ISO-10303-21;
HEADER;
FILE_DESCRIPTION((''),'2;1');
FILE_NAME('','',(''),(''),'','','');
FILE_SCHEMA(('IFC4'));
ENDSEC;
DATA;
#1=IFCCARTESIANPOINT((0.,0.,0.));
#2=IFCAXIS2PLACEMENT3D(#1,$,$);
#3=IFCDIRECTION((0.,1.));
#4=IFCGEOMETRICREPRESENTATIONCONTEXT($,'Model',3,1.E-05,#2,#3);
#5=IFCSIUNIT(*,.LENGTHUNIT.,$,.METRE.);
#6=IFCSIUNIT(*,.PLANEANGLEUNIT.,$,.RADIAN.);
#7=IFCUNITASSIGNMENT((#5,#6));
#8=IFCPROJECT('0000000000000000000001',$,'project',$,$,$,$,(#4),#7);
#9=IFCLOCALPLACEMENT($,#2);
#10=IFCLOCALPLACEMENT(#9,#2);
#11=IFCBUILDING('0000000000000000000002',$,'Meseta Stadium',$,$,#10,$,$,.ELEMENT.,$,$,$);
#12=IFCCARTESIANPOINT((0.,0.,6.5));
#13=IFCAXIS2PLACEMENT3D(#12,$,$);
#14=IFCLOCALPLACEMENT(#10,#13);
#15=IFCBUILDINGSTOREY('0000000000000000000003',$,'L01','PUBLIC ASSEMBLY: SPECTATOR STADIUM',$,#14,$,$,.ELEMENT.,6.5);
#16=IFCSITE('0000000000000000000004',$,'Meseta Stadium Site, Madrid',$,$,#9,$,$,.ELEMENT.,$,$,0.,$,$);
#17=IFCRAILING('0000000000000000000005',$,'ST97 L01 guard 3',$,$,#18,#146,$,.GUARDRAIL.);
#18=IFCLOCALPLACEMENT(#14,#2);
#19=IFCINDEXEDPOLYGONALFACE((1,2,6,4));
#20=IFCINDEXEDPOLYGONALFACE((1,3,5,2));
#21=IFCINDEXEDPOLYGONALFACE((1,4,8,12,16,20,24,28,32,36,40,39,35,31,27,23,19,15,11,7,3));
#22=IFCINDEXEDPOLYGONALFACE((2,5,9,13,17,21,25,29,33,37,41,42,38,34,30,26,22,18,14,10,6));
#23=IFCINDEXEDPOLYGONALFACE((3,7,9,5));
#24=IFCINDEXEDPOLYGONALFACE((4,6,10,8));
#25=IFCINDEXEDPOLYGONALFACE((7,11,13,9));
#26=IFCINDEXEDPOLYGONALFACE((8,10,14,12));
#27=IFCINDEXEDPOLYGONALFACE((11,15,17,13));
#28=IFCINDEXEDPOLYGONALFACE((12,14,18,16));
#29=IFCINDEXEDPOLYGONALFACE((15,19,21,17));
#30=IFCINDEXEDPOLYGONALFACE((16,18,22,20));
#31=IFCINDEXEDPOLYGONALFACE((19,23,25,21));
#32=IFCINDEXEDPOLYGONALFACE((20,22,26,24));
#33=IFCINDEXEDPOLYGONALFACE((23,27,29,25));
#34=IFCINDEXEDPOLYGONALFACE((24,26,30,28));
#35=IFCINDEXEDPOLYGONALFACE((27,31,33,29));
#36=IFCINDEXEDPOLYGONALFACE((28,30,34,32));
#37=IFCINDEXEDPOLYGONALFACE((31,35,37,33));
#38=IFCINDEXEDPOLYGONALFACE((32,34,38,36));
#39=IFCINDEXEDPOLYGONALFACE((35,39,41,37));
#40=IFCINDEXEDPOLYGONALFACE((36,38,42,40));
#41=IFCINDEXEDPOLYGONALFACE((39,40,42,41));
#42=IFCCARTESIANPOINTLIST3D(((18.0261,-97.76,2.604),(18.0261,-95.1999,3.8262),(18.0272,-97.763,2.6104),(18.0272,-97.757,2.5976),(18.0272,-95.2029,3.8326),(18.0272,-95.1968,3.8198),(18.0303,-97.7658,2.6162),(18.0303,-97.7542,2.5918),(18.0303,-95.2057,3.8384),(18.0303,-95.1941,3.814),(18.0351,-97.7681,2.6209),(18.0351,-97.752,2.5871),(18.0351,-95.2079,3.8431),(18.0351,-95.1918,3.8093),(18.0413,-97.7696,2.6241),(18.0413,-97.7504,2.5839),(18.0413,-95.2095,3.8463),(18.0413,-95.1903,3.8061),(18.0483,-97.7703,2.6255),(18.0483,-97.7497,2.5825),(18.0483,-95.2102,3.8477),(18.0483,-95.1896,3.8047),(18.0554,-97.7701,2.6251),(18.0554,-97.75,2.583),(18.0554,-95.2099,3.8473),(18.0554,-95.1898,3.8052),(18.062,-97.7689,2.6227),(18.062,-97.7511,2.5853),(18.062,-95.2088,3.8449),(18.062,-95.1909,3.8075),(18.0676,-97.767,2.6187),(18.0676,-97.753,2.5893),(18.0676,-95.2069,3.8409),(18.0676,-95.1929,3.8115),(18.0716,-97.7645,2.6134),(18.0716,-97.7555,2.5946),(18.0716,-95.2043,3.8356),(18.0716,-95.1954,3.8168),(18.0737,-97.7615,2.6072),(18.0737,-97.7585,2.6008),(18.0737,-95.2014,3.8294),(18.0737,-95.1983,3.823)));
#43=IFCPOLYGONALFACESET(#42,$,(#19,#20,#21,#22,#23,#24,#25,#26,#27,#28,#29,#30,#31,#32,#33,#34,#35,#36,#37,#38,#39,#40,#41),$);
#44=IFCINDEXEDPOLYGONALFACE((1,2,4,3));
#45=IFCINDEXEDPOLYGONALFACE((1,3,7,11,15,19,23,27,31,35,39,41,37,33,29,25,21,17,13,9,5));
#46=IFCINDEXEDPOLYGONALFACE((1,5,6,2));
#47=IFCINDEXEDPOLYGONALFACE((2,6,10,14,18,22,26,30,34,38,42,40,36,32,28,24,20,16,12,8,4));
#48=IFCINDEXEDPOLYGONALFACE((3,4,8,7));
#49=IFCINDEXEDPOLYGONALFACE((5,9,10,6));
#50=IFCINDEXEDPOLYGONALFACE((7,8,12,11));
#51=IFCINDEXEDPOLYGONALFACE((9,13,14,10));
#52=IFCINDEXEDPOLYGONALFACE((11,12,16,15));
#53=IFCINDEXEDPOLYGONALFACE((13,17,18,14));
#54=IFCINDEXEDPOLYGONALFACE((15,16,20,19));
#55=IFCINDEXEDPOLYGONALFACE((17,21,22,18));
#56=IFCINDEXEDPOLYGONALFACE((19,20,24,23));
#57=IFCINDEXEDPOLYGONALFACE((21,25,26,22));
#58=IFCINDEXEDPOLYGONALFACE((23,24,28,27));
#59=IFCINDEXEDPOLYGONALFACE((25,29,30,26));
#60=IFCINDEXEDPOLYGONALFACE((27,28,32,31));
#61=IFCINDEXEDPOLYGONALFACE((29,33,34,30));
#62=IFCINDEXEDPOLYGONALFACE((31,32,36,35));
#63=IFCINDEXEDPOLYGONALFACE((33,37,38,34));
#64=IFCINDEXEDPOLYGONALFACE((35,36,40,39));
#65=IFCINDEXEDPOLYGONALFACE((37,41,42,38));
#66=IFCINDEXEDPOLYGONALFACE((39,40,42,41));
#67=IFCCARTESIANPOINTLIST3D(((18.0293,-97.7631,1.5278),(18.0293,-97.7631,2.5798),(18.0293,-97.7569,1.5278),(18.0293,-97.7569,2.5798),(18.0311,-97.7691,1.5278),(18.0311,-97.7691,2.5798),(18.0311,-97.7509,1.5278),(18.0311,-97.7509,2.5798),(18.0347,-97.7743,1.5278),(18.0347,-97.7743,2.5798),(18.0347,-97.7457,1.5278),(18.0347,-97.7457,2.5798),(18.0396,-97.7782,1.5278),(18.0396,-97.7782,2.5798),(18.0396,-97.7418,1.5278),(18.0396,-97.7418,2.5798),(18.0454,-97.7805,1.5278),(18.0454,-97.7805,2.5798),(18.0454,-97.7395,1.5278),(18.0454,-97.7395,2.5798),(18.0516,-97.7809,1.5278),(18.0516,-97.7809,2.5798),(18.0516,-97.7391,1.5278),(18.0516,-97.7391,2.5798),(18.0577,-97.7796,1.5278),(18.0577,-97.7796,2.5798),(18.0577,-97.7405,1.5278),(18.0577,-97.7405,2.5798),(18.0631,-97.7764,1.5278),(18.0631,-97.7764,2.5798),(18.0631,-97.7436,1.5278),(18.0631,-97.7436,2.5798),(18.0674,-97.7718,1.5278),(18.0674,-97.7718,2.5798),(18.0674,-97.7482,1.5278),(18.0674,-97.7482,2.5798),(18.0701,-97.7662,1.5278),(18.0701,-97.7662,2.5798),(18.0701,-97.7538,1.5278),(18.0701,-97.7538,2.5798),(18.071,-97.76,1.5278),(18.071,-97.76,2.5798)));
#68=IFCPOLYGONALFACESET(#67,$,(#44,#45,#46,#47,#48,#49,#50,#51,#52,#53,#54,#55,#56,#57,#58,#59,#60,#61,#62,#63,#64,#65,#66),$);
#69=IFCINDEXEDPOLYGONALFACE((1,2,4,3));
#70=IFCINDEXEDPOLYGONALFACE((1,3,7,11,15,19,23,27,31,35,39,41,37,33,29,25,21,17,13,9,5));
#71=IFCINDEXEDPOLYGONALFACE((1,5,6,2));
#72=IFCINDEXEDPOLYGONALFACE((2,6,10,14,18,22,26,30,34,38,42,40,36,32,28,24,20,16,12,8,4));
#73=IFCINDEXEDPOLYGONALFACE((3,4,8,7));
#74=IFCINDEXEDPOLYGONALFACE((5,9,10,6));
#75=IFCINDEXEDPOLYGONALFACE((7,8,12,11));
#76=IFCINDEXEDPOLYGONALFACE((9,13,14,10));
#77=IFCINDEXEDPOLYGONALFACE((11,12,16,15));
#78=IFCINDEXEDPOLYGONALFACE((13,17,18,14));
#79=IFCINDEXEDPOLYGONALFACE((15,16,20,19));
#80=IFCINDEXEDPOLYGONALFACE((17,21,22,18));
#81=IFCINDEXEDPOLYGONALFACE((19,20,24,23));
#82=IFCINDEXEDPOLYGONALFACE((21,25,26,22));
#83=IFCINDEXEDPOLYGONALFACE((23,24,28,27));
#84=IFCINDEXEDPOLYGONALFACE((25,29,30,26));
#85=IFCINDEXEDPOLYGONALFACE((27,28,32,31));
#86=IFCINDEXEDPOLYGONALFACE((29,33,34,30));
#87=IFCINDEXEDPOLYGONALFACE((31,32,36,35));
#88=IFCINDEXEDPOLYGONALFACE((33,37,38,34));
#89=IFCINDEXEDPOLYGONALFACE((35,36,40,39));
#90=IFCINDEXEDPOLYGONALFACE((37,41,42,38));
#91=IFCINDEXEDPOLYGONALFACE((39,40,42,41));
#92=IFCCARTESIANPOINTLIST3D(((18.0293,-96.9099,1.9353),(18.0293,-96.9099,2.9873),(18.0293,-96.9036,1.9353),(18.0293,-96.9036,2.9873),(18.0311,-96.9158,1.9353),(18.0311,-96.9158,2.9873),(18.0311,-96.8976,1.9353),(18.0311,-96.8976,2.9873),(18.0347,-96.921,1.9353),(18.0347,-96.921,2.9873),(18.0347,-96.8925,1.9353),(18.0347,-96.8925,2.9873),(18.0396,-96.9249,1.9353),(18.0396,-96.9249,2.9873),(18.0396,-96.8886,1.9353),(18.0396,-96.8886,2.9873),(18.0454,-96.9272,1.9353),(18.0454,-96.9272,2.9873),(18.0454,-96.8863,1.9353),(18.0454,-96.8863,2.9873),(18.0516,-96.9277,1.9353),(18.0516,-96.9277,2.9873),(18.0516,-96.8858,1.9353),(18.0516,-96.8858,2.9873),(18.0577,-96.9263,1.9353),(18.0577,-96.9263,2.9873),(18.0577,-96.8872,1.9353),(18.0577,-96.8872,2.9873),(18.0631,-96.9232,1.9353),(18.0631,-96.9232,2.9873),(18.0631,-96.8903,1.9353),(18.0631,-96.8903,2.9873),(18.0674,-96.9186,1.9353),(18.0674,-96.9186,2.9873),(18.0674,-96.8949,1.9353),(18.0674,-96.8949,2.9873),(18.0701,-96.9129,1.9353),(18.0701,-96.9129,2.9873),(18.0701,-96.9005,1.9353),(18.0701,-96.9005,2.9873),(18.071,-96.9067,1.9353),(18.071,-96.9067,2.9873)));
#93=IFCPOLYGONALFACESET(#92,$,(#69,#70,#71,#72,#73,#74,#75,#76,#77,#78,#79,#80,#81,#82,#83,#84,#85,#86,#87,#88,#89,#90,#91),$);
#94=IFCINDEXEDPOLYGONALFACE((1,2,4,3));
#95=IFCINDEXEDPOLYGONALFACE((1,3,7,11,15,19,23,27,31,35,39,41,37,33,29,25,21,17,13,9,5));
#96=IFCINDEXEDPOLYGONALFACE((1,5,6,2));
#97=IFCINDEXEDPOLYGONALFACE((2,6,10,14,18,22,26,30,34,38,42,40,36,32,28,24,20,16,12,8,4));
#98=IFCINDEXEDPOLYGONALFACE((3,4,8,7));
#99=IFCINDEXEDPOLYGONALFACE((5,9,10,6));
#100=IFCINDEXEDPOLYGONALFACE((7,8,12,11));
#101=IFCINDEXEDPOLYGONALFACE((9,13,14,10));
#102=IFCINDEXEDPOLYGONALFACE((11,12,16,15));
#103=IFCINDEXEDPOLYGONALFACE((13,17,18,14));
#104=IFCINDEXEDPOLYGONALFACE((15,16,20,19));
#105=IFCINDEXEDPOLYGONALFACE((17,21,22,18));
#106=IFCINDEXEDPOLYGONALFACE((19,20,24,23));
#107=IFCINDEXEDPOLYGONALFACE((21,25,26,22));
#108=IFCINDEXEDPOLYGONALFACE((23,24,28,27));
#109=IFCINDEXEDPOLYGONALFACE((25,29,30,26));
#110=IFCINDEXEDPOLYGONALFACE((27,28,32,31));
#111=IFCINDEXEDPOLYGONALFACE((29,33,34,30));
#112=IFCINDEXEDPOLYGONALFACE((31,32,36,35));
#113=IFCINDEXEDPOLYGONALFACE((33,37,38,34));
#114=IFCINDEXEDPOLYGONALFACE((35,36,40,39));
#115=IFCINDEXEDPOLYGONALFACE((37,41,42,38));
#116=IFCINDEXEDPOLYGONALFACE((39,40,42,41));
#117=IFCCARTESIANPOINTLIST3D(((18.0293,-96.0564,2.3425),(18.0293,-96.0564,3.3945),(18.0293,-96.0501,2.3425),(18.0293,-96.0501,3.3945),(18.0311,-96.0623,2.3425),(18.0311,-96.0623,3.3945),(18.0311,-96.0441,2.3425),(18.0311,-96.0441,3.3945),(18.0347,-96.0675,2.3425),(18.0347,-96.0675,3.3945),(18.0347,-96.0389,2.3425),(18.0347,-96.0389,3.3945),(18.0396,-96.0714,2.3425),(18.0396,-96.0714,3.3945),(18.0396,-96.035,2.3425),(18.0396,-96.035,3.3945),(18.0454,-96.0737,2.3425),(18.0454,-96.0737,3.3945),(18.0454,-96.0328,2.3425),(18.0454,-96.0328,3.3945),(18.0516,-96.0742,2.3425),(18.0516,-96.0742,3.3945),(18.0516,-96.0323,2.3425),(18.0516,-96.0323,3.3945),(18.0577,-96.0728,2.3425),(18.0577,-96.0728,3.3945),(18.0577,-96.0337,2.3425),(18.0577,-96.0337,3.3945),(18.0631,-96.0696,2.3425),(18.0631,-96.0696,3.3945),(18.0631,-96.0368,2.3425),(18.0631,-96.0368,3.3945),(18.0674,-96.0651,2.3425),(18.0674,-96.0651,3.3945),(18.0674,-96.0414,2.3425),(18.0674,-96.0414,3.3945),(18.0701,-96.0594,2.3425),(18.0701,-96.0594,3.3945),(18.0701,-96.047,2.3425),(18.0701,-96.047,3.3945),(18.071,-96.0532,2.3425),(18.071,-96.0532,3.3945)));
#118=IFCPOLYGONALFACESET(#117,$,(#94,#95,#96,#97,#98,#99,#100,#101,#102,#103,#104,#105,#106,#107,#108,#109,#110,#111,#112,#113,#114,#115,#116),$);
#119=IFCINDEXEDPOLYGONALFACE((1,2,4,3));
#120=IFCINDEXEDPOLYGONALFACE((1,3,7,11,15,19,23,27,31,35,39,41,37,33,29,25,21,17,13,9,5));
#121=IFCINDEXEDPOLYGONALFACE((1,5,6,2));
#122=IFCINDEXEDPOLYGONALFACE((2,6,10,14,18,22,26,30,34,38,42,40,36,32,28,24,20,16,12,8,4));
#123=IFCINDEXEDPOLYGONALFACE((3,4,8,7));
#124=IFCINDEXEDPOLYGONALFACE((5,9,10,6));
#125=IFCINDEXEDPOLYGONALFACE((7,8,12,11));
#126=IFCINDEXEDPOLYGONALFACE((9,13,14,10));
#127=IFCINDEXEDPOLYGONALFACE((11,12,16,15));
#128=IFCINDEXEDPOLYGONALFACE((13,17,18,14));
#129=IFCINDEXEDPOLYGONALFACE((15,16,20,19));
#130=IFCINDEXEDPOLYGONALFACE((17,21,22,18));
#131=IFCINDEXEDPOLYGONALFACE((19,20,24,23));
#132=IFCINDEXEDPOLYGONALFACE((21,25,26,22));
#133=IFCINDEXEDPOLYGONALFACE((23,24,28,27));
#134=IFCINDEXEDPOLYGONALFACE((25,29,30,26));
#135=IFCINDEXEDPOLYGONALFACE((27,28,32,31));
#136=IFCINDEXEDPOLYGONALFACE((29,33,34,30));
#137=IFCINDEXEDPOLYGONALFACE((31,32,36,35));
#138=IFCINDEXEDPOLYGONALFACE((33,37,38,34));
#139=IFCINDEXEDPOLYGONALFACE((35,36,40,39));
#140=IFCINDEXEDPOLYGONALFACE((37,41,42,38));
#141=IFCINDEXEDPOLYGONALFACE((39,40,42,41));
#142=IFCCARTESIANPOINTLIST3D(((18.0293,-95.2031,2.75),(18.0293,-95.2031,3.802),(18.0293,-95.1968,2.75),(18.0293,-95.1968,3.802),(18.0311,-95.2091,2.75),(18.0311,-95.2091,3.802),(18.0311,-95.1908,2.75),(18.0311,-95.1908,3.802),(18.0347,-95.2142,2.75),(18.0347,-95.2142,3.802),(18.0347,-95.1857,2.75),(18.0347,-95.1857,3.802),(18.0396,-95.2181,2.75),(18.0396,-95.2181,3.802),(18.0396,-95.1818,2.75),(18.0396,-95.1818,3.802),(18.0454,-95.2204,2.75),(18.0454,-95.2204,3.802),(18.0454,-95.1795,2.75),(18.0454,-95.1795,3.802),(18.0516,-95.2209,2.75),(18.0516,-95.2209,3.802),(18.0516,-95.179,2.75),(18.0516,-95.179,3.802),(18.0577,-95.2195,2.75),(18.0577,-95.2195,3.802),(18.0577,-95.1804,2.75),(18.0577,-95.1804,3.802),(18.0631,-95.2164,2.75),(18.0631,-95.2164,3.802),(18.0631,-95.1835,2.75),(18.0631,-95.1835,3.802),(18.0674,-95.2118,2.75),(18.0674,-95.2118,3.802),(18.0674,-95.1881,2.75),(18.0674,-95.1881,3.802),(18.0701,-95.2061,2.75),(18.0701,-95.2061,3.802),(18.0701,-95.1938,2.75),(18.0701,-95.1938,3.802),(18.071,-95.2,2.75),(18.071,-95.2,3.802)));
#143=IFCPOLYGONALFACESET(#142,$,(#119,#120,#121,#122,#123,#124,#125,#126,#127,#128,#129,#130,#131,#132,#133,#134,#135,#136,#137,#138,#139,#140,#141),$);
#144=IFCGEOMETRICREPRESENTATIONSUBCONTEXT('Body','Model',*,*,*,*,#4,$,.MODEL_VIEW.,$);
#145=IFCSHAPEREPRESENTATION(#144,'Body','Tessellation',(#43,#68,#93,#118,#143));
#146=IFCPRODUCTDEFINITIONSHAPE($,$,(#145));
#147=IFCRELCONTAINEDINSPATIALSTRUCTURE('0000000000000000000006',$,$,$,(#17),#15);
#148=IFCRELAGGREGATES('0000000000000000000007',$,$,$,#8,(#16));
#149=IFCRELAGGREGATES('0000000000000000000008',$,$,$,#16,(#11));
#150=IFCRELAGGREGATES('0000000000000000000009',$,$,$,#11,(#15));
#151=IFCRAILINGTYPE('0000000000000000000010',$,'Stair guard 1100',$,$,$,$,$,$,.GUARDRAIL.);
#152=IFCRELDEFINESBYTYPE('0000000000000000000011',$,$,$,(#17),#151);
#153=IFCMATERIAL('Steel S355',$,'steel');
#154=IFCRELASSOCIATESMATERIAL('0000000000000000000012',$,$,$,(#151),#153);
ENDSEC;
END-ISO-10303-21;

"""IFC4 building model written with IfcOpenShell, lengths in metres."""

from ifc_helpers import new_model, si_unit, direction, frame, origin, origin_2d, place, context, subcontext, project, spatial, circle, extrude, material, type_object, element, save


model = new_model("IFC4")

# Units and contexts
model_context = context("Model", 3, precision=1e-05, world=origin(), true_north=direction((0.0, 1.0)))
body_context = subcontext(model_context, "Body", "Model", "MODEL_VIEW")
ifc_project = project(units=[si_unit("LENGTHUNIT", "METRE"), si_unit("PLANEANGLEUNIT", "RADIAN")], contexts=[model_context])

# Site, building, storey
site_placement = place(None, origin())
site = spatial("IfcSite", under=ifc_project, at=site_placement, Name="Meseta Stadium Site, Madrid", CompositionType="ELEMENT", RefElevation=0.0)
building_placement = place(site_placement, origin())
building = spatial("IfcBuilding", under=site, at=building_placement, Name="Meseta Stadium", CompositionType="ELEMENT")
storey_placement = place(building_placement, frame((0.0, 0.0, 6.5)))
storey = spatial("IfcBuildingStorey", under=building, at=storey_placement, Name="L01", Description="PUBLIC ASSEMBLY: SPECTATOR STADIUM", CompositionType="ELEMENT", Elevation=6.5)

# Railing
ifc_material_1 = material(Name="Steel S355", Category="steel")
railing_type_1 = type_object("IfcRailingType", Name="Stair guard 1100", PredefinedType="GUARDRAIL", material=ifc_material_1)
railing_1_placement = place(storey_placement, frame((18.05, -97.76, 1.5278)))
element("IfcRailing", 1, at=railing_1_placement, inside=storey, type_object=railing_type_1, Name="ST97 L01 guard 3", PredefinedType="GUARDRAIL", context=body_context, shape_type="SweptSolid", body=[
    extrude(circle(Radius=0.0239, at=origin_2d()), frame((0.0, 0.0, 1.0762), z_axis=(0.0, 0.902437, 0.430822), x_axis=(-1.0, 0.0, 0.0)), (0.0, 0.0, 1.0), 2.8369),
    extrude(circle(Radius=0.021, at=origin_2d()), origin(), (0.0, 0.0, 1.0), 1.052),
    extrude(circle(Radius=0.021, at=origin_2d()), frame((0.0, 0.8533, 0.4075)), (0.0, 0.0, 1.0), 1.052),
    extrude(circle(Radius=0.021, at=origin_2d()), frame((0.0, 1.7068, 0.8147)), (0.0, 0.0, 1.0), 1.052),
    extrude(circle(Radius=0.021, at=origin_2d()), frame((0.0, 2.5601, 1.2222)), (0.0, 0.0, 1.0), 1.052),
])

save(model, "model.ifc")
